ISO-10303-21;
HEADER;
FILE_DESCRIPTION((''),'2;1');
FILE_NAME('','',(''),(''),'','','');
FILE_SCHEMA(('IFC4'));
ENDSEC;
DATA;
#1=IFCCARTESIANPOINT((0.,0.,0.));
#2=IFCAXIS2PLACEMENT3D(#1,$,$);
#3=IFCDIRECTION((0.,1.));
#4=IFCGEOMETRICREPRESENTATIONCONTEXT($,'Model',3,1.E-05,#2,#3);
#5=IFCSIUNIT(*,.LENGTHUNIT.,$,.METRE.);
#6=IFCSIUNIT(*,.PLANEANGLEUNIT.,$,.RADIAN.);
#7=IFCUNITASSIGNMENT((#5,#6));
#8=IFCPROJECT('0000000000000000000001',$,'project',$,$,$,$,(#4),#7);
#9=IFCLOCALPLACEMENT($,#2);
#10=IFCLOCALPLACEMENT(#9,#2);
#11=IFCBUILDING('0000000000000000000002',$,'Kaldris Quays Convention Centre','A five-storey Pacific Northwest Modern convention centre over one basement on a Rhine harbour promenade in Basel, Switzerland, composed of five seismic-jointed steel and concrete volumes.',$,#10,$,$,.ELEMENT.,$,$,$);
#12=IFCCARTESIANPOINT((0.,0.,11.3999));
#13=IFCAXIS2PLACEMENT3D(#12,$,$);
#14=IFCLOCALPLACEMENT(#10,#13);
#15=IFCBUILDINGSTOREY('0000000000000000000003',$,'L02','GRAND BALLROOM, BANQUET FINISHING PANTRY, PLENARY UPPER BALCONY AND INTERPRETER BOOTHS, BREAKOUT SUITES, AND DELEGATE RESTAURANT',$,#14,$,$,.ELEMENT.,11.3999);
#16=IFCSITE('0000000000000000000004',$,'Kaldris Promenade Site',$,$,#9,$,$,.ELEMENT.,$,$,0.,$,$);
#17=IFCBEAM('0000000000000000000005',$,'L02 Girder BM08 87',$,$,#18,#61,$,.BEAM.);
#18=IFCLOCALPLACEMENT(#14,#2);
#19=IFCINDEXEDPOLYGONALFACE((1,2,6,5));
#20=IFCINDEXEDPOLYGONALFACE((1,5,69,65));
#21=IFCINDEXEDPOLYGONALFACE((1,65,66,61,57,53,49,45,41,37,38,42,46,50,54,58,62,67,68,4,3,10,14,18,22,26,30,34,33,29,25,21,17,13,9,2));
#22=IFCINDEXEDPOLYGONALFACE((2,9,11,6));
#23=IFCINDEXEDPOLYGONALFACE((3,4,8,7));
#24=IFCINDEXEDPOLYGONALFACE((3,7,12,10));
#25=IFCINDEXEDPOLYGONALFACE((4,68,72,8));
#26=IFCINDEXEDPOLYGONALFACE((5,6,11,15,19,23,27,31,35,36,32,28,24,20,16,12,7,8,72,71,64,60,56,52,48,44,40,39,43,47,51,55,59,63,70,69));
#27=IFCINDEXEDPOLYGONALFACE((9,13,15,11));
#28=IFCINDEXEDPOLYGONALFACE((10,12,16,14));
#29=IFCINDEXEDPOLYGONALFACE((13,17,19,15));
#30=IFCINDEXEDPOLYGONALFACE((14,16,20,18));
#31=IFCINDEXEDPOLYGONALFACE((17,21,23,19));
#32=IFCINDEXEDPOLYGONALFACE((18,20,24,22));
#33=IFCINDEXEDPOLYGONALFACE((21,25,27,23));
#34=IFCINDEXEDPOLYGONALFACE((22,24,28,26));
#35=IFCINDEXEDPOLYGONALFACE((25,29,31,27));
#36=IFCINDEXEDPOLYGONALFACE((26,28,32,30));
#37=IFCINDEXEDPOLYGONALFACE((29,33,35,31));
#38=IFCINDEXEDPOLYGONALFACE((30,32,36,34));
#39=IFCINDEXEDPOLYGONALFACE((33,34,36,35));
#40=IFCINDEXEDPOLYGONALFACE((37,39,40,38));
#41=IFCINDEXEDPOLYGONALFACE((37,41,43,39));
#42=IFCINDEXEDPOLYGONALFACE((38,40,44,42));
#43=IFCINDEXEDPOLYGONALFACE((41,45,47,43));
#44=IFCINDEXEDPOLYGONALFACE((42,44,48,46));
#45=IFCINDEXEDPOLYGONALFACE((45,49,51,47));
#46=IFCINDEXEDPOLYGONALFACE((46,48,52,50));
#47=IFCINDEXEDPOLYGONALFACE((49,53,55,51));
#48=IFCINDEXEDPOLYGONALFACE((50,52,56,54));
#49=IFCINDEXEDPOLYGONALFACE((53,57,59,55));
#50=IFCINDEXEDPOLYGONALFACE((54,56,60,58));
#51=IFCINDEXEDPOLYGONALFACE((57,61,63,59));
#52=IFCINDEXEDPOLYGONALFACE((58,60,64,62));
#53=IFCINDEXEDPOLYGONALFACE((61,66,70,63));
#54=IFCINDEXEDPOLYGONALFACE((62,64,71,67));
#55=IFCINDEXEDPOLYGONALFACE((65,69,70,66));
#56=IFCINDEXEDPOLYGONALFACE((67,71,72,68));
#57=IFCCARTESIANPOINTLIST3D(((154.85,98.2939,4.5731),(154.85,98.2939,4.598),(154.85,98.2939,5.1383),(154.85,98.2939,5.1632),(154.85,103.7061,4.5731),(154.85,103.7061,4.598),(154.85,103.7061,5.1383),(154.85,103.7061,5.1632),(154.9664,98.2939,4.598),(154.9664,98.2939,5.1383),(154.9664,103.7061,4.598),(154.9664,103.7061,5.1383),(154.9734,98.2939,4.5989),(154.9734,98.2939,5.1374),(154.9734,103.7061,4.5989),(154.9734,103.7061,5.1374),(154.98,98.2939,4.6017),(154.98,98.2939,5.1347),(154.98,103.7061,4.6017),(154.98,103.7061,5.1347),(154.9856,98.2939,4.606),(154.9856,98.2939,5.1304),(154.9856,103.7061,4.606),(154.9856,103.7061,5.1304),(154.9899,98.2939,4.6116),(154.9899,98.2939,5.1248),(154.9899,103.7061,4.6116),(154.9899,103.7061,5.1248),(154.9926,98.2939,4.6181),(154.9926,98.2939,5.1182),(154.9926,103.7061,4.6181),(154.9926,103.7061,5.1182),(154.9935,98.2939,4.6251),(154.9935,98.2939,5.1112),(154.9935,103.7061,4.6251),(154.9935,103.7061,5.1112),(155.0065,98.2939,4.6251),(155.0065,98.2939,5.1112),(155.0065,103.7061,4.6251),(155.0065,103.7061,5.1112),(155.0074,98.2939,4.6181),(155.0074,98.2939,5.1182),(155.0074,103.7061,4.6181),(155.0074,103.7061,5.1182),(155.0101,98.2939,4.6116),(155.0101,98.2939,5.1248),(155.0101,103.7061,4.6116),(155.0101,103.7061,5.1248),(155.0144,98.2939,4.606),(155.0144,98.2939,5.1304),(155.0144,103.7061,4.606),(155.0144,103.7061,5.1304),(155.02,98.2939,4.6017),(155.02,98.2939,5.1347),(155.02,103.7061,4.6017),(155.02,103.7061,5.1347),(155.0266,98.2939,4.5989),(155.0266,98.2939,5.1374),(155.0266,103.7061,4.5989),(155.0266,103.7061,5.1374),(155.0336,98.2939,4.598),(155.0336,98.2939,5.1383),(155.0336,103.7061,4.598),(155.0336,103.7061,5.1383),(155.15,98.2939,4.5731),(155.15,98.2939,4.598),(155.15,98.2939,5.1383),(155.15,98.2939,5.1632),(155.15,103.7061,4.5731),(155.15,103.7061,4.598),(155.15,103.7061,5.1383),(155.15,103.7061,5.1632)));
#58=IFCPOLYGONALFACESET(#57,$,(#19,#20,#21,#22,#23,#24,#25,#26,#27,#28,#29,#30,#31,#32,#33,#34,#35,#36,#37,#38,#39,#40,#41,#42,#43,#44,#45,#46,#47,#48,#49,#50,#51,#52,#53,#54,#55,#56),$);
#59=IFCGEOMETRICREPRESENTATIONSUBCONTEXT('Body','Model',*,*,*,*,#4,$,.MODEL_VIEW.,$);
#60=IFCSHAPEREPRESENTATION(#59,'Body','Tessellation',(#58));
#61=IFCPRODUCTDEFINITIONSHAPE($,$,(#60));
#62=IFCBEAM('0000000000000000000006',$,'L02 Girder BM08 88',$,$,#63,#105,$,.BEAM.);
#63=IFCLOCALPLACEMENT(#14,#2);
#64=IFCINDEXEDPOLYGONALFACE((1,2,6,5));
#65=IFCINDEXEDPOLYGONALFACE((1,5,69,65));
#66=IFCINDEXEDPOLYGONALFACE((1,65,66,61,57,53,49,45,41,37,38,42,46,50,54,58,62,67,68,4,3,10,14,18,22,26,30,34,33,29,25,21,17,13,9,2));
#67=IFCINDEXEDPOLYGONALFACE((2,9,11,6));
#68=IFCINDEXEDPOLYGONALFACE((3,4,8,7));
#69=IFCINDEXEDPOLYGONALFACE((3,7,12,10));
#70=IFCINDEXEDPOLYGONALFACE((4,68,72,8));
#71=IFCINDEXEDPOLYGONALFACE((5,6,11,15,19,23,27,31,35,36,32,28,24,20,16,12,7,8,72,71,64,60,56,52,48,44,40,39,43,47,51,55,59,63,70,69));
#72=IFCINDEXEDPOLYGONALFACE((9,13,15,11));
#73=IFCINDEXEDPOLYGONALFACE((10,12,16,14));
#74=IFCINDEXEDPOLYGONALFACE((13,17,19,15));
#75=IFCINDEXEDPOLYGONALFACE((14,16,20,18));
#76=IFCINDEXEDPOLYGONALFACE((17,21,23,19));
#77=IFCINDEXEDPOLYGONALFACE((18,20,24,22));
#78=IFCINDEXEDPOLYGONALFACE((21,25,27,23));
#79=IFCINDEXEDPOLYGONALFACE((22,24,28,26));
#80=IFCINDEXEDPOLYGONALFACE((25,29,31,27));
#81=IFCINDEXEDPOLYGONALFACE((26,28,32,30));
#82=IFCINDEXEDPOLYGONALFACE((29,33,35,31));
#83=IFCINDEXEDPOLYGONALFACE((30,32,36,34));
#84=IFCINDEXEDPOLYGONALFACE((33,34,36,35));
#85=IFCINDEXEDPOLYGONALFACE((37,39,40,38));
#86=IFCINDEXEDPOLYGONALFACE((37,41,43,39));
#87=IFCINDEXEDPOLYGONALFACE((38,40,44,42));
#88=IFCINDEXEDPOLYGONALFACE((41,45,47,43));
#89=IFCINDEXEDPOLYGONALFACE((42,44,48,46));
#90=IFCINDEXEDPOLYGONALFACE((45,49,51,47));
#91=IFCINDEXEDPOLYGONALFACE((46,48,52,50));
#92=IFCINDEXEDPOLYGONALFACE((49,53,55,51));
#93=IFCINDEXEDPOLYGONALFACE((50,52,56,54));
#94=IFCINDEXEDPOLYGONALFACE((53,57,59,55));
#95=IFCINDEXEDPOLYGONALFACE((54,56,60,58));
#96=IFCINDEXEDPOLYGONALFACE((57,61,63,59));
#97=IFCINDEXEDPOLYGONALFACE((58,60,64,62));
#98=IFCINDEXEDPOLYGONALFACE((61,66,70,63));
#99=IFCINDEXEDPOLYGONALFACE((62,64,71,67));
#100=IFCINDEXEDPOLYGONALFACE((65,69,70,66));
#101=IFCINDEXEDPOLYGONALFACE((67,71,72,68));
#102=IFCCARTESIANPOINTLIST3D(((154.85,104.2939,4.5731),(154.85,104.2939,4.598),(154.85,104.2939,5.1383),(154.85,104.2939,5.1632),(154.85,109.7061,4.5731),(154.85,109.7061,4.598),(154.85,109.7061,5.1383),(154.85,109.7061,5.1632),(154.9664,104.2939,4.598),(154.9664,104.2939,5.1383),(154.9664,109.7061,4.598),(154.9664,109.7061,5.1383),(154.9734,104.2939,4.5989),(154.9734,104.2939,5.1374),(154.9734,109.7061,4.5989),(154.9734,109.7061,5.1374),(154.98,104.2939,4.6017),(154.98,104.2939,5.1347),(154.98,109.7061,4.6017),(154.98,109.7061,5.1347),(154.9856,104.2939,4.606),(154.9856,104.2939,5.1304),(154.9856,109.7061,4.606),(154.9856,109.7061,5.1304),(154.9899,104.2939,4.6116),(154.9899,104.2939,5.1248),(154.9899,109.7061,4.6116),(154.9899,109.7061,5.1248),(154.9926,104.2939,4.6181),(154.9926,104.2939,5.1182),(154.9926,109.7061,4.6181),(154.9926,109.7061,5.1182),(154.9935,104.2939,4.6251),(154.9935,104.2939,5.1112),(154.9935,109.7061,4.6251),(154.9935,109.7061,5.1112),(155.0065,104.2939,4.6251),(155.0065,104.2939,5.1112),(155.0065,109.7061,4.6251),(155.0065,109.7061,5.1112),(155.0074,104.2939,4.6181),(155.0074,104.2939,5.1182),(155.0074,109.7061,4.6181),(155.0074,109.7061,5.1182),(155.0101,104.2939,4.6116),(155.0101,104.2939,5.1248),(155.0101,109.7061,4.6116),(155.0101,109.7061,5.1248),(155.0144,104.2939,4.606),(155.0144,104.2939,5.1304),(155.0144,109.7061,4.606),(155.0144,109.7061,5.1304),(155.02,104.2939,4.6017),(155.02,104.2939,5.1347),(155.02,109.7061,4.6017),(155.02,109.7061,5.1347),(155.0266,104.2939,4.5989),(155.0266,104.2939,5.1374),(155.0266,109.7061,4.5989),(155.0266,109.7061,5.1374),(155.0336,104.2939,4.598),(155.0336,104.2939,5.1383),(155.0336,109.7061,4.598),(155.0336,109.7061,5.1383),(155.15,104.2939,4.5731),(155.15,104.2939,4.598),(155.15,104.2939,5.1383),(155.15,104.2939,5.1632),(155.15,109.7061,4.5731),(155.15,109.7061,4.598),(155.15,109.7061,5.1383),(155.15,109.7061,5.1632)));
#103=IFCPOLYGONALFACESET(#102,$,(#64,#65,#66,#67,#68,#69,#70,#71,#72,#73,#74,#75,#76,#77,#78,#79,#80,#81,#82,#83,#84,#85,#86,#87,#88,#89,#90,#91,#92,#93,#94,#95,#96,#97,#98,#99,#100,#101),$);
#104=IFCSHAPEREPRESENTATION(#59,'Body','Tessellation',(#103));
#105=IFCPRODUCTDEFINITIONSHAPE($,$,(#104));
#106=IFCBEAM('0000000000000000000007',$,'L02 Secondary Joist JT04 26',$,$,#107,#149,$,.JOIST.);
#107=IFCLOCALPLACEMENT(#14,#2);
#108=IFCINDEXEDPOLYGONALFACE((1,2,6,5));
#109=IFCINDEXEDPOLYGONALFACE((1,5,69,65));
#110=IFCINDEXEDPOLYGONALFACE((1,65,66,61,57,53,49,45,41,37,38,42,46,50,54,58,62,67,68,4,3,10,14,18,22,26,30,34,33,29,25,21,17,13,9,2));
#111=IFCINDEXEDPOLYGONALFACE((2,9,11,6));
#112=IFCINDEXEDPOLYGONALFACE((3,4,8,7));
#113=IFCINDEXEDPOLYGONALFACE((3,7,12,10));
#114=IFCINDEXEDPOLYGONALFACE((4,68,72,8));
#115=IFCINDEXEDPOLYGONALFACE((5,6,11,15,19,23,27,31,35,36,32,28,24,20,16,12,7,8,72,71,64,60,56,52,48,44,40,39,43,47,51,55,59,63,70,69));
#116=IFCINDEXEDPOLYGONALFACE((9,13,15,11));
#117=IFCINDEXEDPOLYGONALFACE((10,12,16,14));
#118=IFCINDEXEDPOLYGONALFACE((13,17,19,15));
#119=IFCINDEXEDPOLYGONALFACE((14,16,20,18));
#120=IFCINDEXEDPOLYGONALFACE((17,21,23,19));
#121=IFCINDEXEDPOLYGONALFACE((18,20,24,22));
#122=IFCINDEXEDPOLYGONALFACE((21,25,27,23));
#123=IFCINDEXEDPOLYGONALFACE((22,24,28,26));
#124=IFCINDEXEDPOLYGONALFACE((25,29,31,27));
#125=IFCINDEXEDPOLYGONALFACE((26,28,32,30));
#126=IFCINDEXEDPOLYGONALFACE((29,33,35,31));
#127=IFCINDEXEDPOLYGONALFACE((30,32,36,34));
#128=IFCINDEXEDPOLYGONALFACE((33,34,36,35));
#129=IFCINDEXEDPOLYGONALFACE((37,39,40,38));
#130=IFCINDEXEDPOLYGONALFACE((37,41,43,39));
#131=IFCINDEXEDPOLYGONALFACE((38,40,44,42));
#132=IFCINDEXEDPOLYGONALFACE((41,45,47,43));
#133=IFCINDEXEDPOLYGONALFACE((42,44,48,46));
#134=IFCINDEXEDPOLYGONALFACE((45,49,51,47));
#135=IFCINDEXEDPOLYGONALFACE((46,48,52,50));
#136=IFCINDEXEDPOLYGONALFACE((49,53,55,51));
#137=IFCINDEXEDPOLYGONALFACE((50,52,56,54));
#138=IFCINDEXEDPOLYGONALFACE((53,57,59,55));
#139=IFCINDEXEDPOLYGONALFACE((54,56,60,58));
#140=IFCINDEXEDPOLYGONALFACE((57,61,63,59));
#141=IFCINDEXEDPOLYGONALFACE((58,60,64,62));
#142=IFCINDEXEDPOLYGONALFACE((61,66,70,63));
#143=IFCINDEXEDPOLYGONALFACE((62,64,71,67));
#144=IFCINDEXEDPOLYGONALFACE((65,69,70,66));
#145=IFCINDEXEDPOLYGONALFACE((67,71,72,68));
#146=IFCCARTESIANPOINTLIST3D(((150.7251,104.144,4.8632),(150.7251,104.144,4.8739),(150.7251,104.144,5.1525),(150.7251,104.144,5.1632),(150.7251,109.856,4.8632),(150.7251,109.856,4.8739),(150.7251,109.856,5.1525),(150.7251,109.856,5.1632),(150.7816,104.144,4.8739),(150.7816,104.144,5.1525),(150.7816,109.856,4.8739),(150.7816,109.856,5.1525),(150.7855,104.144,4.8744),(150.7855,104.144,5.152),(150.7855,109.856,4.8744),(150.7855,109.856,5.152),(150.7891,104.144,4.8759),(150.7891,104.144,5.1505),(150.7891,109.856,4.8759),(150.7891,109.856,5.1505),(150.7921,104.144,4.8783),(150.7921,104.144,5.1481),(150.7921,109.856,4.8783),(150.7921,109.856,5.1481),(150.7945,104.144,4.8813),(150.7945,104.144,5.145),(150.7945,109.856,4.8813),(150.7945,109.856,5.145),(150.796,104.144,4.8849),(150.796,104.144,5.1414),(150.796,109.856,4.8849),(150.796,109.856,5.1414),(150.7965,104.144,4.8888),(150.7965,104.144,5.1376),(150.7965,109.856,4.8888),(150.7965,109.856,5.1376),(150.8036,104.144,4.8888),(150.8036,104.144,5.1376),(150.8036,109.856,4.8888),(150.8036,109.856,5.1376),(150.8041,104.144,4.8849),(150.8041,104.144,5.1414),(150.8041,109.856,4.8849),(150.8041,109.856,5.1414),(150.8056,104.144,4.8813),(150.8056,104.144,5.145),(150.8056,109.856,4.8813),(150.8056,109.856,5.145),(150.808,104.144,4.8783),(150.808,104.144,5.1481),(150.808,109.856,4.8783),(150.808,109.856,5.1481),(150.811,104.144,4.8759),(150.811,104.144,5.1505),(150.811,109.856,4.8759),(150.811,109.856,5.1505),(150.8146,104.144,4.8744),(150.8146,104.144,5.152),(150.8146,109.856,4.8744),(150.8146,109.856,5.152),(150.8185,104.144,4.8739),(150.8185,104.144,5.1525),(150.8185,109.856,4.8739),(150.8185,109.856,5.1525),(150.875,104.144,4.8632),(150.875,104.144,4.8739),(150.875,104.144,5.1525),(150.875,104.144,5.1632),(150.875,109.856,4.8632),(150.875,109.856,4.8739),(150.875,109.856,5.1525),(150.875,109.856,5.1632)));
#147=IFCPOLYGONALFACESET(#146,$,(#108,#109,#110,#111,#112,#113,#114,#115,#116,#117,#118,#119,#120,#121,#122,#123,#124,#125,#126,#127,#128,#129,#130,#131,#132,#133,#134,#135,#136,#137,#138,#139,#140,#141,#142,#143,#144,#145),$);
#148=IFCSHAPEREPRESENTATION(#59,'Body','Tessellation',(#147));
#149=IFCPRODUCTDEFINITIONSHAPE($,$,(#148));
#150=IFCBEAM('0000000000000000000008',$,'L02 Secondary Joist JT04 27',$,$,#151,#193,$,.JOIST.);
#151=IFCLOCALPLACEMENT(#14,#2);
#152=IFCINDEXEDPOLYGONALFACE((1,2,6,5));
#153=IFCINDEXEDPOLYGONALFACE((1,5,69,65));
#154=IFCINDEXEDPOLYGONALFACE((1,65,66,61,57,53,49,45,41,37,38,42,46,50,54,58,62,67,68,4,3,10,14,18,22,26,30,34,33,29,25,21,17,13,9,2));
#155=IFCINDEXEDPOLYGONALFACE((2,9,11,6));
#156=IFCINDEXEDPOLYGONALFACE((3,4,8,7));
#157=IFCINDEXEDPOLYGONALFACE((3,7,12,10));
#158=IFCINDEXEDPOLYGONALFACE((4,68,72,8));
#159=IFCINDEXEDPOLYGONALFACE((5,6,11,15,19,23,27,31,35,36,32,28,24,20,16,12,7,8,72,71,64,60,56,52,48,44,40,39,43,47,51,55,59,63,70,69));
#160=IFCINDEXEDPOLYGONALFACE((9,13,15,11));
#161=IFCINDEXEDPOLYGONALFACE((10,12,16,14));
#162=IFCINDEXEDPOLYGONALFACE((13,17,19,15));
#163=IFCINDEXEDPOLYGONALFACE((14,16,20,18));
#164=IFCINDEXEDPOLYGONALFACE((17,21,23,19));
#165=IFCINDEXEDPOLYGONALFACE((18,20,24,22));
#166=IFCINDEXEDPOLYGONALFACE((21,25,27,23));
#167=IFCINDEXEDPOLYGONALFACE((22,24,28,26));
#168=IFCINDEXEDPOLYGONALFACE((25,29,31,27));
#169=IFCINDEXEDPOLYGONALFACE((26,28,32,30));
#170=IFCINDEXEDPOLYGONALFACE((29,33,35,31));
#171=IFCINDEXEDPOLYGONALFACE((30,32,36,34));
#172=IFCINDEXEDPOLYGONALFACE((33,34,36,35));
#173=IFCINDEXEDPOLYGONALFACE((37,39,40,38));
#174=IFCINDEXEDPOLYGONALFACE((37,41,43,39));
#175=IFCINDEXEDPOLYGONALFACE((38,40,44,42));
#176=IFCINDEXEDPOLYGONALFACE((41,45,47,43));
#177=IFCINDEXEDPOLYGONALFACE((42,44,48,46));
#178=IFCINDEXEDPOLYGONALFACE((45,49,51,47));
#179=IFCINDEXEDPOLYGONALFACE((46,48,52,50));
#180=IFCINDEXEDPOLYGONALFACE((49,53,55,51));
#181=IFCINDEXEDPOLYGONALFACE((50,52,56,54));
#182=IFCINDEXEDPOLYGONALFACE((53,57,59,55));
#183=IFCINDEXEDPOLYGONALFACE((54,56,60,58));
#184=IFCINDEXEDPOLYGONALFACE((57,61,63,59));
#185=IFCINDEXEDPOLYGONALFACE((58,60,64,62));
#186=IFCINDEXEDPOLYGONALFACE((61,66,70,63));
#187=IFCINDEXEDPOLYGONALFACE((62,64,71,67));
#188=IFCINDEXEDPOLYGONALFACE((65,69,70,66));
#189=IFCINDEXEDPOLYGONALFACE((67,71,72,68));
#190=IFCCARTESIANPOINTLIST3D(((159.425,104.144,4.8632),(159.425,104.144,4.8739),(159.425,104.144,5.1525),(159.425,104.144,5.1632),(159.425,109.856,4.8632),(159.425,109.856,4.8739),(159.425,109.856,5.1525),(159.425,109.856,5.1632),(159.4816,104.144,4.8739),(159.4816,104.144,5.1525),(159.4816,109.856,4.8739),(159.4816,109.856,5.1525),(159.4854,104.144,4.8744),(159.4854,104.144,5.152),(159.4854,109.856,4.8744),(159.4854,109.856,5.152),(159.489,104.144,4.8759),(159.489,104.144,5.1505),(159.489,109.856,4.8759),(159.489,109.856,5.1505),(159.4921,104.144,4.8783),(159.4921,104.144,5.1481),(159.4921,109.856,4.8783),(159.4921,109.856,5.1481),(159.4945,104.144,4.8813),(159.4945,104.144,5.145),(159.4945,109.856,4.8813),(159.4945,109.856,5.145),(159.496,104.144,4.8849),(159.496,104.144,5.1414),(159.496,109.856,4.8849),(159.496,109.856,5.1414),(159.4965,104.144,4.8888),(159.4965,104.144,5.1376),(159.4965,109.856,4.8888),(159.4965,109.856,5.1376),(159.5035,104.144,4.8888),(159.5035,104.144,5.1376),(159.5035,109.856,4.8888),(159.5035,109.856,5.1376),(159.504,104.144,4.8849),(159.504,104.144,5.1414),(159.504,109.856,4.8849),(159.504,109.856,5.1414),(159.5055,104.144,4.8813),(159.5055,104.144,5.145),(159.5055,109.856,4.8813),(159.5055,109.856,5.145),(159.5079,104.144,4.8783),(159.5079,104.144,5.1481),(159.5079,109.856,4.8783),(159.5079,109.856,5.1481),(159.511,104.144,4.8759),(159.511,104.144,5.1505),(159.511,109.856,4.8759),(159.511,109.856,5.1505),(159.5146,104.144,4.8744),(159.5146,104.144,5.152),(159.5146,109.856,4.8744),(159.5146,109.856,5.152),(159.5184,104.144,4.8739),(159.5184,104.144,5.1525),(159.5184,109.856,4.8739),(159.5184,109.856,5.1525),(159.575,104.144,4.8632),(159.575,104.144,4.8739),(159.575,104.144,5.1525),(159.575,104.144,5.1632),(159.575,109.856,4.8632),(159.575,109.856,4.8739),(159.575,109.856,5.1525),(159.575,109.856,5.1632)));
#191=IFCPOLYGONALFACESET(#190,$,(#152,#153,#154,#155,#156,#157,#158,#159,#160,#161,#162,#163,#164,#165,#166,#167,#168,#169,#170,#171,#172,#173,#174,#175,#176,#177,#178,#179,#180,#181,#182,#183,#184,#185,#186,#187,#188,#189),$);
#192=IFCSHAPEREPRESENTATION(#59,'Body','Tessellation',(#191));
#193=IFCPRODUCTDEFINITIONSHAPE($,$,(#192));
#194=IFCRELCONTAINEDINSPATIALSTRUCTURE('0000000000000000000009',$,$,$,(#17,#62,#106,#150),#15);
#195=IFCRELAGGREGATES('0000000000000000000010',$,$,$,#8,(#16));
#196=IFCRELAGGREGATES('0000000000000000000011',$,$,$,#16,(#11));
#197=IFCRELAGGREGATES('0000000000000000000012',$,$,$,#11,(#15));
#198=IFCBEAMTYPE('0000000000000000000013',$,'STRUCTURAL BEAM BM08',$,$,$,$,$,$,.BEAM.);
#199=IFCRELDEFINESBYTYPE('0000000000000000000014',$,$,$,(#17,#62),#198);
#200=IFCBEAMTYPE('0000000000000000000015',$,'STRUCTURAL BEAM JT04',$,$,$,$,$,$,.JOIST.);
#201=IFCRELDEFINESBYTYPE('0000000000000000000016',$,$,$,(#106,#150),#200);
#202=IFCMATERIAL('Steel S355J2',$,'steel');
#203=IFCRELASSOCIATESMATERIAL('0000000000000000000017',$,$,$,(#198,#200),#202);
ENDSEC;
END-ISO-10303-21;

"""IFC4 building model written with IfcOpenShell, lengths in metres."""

from ifc_helpers import new_model, si_unit, direction, frame, origin, origin_2d, place, context, subcontext, project, spatial, i_section, extrude, material, material_profile, profile_set, type_object, element, save


model = new_model("IFC4")

# Units and contexts
model_context = context("Model", 3, precision=1e-05, world=origin(), true_north=direction((0.0, 1.0)))
body_context = subcontext(model_context, "Body", "Model", "MODEL_VIEW")
ifc_project = project(units=[si_unit("LENGTHUNIT", "METRE"), si_unit("PLANEANGLEUNIT", "RADIAN")], contexts=[model_context])

# Site, building, storey
site_placement = place(None, origin())
site = spatial("IfcSite", under=ifc_project, at=site_placement, Name="Kaldris Promenade Site", CompositionType="ELEMENT", RefElevation=0.0)
building_placement = place(site_placement, origin())
building = spatial("IfcBuilding", under=site, at=building_placement, Name="Kaldris Quays Convention Centre", Description="A five-storey Pacific Northwest Modern convention centre over one basement on a Rhine harbour promenade in Basel, Switzerland, composed of five seismic-jointed steel and concrete volumes.", CompositionType="ELEMENT")
storey_placement = place(building_placement, frame((0.0, 0.0, 11.3999)))
storey = spatial("IfcBuildingStorey", under=building, at=storey_placement, Name="L02", Description="GRAND BALLROOM, BANQUET FINISHING PANTRY, PLENARY UPPER BALCONY AND INTERPRETER BOOTHS, BREAKOUT SUITES, AND DELEGATE RESTAURANT", CompositionType="ELEMENT", Elevation=11.3999)

# Shared definitions
ifc_material_1 = material(Name="Steel S355J2", Category="steel")

# Beams
ifc_material_profile_1 = material_profile(ifc_material_1, i_section(OverallWidth=0.3, OverallDepth=0.5901, WebThickness=0.0129, FlangeThickness=0.0249, FilletRadius=0.0271, at=origin_2d()), Name="HEA 600")
ifc_profile_set_1 = profile_set([ifc_material_profile_1], Name="Steel S355J2")
beam_type_1 = type_object("IfcBeamType", Name="STRUCTURAL BEAM BM08", PredefinedType="BEAM", material=ifc_profile_set_1)
for number, where, z_axis, x_axis, name in (
    (1, (155.0, 98.2939, 4.8682), (0.0, 1.0, 0.0), (-1.0, 0.0, 0.0), "L02 Girder BM08 87"),
    (2, (155.0, 104.2939, 4.8682), (0.0, 1.0, 0.0), (-1.0, 0.0, 0.0), "L02 Girder BM08 88"),
):
    element("IfcBeam", number, at=place(storey_placement, frame(where, z_axis=z_axis, x_axis=x_axis)), inside=storey, type_object=beam_type_1, Name=name, PredefinedType="BEAM", context=body_context, shape_type="SweptSolid", body=[
        extrude(i_section(OverallWidth=0.3, OverallDepth=0.5901, WebThickness=0.0129, FlangeThickness=0.0249, FilletRadius=0.0271, at=origin_2d()), origin(), (0.0, 0.0, 1.0), 5.4121),
    ])
ifc_material_profile_2 = material_profile(ifc_material_1, i_section(OverallWidth=0.1499, OverallDepth=0.3, WebThickness=0.0071, FlangeThickness=0.0107, FilletRadius=0.0149, at=origin_2d()), Name="IPE 300")
ifc_profile_set_2 = profile_set([ifc_material_profile_2], Name="Steel S355J2")
beam_type_2 = type_object("IfcBeamType", Name="STRUCTURAL BEAM JT04", PredefinedType="JOIST", material=ifc_profile_set_2)
for number, where, z_axis, x_axis, name in (
    (3, (150.8, 104.144, 5.0132), (0.0, 1.0, 0.0), (-1.0, 0.0, 0.0), "L02 Secondary Joist JT04 26"),
    (4, (159.5, 104.144, 5.0132), (0.0, 1.0, 0.0), (-1.0, 0.0, 0.0), "L02 Secondary Joist JT04 27"),
):
    element("IfcBeam", number, at=place(storey_placement, frame(where, z_axis=z_axis, x_axis=x_axis)), inside=storey, type_object=beam_type_2, Name=name, PredefinedType="JOIST", context=body_context, shape_type="SweptSolid", body=[
        extrude(i_section(OverallWidth=0.1499, OverallDepth=0.3, WebThickness=0.0071, FlangeThickness=0.0107, FilletRadius=0.0149, at=origin_2d()), origin(), (0.0, 0.0, 1.0), 5.7119),
    ])

save(model, "model.ifc")
